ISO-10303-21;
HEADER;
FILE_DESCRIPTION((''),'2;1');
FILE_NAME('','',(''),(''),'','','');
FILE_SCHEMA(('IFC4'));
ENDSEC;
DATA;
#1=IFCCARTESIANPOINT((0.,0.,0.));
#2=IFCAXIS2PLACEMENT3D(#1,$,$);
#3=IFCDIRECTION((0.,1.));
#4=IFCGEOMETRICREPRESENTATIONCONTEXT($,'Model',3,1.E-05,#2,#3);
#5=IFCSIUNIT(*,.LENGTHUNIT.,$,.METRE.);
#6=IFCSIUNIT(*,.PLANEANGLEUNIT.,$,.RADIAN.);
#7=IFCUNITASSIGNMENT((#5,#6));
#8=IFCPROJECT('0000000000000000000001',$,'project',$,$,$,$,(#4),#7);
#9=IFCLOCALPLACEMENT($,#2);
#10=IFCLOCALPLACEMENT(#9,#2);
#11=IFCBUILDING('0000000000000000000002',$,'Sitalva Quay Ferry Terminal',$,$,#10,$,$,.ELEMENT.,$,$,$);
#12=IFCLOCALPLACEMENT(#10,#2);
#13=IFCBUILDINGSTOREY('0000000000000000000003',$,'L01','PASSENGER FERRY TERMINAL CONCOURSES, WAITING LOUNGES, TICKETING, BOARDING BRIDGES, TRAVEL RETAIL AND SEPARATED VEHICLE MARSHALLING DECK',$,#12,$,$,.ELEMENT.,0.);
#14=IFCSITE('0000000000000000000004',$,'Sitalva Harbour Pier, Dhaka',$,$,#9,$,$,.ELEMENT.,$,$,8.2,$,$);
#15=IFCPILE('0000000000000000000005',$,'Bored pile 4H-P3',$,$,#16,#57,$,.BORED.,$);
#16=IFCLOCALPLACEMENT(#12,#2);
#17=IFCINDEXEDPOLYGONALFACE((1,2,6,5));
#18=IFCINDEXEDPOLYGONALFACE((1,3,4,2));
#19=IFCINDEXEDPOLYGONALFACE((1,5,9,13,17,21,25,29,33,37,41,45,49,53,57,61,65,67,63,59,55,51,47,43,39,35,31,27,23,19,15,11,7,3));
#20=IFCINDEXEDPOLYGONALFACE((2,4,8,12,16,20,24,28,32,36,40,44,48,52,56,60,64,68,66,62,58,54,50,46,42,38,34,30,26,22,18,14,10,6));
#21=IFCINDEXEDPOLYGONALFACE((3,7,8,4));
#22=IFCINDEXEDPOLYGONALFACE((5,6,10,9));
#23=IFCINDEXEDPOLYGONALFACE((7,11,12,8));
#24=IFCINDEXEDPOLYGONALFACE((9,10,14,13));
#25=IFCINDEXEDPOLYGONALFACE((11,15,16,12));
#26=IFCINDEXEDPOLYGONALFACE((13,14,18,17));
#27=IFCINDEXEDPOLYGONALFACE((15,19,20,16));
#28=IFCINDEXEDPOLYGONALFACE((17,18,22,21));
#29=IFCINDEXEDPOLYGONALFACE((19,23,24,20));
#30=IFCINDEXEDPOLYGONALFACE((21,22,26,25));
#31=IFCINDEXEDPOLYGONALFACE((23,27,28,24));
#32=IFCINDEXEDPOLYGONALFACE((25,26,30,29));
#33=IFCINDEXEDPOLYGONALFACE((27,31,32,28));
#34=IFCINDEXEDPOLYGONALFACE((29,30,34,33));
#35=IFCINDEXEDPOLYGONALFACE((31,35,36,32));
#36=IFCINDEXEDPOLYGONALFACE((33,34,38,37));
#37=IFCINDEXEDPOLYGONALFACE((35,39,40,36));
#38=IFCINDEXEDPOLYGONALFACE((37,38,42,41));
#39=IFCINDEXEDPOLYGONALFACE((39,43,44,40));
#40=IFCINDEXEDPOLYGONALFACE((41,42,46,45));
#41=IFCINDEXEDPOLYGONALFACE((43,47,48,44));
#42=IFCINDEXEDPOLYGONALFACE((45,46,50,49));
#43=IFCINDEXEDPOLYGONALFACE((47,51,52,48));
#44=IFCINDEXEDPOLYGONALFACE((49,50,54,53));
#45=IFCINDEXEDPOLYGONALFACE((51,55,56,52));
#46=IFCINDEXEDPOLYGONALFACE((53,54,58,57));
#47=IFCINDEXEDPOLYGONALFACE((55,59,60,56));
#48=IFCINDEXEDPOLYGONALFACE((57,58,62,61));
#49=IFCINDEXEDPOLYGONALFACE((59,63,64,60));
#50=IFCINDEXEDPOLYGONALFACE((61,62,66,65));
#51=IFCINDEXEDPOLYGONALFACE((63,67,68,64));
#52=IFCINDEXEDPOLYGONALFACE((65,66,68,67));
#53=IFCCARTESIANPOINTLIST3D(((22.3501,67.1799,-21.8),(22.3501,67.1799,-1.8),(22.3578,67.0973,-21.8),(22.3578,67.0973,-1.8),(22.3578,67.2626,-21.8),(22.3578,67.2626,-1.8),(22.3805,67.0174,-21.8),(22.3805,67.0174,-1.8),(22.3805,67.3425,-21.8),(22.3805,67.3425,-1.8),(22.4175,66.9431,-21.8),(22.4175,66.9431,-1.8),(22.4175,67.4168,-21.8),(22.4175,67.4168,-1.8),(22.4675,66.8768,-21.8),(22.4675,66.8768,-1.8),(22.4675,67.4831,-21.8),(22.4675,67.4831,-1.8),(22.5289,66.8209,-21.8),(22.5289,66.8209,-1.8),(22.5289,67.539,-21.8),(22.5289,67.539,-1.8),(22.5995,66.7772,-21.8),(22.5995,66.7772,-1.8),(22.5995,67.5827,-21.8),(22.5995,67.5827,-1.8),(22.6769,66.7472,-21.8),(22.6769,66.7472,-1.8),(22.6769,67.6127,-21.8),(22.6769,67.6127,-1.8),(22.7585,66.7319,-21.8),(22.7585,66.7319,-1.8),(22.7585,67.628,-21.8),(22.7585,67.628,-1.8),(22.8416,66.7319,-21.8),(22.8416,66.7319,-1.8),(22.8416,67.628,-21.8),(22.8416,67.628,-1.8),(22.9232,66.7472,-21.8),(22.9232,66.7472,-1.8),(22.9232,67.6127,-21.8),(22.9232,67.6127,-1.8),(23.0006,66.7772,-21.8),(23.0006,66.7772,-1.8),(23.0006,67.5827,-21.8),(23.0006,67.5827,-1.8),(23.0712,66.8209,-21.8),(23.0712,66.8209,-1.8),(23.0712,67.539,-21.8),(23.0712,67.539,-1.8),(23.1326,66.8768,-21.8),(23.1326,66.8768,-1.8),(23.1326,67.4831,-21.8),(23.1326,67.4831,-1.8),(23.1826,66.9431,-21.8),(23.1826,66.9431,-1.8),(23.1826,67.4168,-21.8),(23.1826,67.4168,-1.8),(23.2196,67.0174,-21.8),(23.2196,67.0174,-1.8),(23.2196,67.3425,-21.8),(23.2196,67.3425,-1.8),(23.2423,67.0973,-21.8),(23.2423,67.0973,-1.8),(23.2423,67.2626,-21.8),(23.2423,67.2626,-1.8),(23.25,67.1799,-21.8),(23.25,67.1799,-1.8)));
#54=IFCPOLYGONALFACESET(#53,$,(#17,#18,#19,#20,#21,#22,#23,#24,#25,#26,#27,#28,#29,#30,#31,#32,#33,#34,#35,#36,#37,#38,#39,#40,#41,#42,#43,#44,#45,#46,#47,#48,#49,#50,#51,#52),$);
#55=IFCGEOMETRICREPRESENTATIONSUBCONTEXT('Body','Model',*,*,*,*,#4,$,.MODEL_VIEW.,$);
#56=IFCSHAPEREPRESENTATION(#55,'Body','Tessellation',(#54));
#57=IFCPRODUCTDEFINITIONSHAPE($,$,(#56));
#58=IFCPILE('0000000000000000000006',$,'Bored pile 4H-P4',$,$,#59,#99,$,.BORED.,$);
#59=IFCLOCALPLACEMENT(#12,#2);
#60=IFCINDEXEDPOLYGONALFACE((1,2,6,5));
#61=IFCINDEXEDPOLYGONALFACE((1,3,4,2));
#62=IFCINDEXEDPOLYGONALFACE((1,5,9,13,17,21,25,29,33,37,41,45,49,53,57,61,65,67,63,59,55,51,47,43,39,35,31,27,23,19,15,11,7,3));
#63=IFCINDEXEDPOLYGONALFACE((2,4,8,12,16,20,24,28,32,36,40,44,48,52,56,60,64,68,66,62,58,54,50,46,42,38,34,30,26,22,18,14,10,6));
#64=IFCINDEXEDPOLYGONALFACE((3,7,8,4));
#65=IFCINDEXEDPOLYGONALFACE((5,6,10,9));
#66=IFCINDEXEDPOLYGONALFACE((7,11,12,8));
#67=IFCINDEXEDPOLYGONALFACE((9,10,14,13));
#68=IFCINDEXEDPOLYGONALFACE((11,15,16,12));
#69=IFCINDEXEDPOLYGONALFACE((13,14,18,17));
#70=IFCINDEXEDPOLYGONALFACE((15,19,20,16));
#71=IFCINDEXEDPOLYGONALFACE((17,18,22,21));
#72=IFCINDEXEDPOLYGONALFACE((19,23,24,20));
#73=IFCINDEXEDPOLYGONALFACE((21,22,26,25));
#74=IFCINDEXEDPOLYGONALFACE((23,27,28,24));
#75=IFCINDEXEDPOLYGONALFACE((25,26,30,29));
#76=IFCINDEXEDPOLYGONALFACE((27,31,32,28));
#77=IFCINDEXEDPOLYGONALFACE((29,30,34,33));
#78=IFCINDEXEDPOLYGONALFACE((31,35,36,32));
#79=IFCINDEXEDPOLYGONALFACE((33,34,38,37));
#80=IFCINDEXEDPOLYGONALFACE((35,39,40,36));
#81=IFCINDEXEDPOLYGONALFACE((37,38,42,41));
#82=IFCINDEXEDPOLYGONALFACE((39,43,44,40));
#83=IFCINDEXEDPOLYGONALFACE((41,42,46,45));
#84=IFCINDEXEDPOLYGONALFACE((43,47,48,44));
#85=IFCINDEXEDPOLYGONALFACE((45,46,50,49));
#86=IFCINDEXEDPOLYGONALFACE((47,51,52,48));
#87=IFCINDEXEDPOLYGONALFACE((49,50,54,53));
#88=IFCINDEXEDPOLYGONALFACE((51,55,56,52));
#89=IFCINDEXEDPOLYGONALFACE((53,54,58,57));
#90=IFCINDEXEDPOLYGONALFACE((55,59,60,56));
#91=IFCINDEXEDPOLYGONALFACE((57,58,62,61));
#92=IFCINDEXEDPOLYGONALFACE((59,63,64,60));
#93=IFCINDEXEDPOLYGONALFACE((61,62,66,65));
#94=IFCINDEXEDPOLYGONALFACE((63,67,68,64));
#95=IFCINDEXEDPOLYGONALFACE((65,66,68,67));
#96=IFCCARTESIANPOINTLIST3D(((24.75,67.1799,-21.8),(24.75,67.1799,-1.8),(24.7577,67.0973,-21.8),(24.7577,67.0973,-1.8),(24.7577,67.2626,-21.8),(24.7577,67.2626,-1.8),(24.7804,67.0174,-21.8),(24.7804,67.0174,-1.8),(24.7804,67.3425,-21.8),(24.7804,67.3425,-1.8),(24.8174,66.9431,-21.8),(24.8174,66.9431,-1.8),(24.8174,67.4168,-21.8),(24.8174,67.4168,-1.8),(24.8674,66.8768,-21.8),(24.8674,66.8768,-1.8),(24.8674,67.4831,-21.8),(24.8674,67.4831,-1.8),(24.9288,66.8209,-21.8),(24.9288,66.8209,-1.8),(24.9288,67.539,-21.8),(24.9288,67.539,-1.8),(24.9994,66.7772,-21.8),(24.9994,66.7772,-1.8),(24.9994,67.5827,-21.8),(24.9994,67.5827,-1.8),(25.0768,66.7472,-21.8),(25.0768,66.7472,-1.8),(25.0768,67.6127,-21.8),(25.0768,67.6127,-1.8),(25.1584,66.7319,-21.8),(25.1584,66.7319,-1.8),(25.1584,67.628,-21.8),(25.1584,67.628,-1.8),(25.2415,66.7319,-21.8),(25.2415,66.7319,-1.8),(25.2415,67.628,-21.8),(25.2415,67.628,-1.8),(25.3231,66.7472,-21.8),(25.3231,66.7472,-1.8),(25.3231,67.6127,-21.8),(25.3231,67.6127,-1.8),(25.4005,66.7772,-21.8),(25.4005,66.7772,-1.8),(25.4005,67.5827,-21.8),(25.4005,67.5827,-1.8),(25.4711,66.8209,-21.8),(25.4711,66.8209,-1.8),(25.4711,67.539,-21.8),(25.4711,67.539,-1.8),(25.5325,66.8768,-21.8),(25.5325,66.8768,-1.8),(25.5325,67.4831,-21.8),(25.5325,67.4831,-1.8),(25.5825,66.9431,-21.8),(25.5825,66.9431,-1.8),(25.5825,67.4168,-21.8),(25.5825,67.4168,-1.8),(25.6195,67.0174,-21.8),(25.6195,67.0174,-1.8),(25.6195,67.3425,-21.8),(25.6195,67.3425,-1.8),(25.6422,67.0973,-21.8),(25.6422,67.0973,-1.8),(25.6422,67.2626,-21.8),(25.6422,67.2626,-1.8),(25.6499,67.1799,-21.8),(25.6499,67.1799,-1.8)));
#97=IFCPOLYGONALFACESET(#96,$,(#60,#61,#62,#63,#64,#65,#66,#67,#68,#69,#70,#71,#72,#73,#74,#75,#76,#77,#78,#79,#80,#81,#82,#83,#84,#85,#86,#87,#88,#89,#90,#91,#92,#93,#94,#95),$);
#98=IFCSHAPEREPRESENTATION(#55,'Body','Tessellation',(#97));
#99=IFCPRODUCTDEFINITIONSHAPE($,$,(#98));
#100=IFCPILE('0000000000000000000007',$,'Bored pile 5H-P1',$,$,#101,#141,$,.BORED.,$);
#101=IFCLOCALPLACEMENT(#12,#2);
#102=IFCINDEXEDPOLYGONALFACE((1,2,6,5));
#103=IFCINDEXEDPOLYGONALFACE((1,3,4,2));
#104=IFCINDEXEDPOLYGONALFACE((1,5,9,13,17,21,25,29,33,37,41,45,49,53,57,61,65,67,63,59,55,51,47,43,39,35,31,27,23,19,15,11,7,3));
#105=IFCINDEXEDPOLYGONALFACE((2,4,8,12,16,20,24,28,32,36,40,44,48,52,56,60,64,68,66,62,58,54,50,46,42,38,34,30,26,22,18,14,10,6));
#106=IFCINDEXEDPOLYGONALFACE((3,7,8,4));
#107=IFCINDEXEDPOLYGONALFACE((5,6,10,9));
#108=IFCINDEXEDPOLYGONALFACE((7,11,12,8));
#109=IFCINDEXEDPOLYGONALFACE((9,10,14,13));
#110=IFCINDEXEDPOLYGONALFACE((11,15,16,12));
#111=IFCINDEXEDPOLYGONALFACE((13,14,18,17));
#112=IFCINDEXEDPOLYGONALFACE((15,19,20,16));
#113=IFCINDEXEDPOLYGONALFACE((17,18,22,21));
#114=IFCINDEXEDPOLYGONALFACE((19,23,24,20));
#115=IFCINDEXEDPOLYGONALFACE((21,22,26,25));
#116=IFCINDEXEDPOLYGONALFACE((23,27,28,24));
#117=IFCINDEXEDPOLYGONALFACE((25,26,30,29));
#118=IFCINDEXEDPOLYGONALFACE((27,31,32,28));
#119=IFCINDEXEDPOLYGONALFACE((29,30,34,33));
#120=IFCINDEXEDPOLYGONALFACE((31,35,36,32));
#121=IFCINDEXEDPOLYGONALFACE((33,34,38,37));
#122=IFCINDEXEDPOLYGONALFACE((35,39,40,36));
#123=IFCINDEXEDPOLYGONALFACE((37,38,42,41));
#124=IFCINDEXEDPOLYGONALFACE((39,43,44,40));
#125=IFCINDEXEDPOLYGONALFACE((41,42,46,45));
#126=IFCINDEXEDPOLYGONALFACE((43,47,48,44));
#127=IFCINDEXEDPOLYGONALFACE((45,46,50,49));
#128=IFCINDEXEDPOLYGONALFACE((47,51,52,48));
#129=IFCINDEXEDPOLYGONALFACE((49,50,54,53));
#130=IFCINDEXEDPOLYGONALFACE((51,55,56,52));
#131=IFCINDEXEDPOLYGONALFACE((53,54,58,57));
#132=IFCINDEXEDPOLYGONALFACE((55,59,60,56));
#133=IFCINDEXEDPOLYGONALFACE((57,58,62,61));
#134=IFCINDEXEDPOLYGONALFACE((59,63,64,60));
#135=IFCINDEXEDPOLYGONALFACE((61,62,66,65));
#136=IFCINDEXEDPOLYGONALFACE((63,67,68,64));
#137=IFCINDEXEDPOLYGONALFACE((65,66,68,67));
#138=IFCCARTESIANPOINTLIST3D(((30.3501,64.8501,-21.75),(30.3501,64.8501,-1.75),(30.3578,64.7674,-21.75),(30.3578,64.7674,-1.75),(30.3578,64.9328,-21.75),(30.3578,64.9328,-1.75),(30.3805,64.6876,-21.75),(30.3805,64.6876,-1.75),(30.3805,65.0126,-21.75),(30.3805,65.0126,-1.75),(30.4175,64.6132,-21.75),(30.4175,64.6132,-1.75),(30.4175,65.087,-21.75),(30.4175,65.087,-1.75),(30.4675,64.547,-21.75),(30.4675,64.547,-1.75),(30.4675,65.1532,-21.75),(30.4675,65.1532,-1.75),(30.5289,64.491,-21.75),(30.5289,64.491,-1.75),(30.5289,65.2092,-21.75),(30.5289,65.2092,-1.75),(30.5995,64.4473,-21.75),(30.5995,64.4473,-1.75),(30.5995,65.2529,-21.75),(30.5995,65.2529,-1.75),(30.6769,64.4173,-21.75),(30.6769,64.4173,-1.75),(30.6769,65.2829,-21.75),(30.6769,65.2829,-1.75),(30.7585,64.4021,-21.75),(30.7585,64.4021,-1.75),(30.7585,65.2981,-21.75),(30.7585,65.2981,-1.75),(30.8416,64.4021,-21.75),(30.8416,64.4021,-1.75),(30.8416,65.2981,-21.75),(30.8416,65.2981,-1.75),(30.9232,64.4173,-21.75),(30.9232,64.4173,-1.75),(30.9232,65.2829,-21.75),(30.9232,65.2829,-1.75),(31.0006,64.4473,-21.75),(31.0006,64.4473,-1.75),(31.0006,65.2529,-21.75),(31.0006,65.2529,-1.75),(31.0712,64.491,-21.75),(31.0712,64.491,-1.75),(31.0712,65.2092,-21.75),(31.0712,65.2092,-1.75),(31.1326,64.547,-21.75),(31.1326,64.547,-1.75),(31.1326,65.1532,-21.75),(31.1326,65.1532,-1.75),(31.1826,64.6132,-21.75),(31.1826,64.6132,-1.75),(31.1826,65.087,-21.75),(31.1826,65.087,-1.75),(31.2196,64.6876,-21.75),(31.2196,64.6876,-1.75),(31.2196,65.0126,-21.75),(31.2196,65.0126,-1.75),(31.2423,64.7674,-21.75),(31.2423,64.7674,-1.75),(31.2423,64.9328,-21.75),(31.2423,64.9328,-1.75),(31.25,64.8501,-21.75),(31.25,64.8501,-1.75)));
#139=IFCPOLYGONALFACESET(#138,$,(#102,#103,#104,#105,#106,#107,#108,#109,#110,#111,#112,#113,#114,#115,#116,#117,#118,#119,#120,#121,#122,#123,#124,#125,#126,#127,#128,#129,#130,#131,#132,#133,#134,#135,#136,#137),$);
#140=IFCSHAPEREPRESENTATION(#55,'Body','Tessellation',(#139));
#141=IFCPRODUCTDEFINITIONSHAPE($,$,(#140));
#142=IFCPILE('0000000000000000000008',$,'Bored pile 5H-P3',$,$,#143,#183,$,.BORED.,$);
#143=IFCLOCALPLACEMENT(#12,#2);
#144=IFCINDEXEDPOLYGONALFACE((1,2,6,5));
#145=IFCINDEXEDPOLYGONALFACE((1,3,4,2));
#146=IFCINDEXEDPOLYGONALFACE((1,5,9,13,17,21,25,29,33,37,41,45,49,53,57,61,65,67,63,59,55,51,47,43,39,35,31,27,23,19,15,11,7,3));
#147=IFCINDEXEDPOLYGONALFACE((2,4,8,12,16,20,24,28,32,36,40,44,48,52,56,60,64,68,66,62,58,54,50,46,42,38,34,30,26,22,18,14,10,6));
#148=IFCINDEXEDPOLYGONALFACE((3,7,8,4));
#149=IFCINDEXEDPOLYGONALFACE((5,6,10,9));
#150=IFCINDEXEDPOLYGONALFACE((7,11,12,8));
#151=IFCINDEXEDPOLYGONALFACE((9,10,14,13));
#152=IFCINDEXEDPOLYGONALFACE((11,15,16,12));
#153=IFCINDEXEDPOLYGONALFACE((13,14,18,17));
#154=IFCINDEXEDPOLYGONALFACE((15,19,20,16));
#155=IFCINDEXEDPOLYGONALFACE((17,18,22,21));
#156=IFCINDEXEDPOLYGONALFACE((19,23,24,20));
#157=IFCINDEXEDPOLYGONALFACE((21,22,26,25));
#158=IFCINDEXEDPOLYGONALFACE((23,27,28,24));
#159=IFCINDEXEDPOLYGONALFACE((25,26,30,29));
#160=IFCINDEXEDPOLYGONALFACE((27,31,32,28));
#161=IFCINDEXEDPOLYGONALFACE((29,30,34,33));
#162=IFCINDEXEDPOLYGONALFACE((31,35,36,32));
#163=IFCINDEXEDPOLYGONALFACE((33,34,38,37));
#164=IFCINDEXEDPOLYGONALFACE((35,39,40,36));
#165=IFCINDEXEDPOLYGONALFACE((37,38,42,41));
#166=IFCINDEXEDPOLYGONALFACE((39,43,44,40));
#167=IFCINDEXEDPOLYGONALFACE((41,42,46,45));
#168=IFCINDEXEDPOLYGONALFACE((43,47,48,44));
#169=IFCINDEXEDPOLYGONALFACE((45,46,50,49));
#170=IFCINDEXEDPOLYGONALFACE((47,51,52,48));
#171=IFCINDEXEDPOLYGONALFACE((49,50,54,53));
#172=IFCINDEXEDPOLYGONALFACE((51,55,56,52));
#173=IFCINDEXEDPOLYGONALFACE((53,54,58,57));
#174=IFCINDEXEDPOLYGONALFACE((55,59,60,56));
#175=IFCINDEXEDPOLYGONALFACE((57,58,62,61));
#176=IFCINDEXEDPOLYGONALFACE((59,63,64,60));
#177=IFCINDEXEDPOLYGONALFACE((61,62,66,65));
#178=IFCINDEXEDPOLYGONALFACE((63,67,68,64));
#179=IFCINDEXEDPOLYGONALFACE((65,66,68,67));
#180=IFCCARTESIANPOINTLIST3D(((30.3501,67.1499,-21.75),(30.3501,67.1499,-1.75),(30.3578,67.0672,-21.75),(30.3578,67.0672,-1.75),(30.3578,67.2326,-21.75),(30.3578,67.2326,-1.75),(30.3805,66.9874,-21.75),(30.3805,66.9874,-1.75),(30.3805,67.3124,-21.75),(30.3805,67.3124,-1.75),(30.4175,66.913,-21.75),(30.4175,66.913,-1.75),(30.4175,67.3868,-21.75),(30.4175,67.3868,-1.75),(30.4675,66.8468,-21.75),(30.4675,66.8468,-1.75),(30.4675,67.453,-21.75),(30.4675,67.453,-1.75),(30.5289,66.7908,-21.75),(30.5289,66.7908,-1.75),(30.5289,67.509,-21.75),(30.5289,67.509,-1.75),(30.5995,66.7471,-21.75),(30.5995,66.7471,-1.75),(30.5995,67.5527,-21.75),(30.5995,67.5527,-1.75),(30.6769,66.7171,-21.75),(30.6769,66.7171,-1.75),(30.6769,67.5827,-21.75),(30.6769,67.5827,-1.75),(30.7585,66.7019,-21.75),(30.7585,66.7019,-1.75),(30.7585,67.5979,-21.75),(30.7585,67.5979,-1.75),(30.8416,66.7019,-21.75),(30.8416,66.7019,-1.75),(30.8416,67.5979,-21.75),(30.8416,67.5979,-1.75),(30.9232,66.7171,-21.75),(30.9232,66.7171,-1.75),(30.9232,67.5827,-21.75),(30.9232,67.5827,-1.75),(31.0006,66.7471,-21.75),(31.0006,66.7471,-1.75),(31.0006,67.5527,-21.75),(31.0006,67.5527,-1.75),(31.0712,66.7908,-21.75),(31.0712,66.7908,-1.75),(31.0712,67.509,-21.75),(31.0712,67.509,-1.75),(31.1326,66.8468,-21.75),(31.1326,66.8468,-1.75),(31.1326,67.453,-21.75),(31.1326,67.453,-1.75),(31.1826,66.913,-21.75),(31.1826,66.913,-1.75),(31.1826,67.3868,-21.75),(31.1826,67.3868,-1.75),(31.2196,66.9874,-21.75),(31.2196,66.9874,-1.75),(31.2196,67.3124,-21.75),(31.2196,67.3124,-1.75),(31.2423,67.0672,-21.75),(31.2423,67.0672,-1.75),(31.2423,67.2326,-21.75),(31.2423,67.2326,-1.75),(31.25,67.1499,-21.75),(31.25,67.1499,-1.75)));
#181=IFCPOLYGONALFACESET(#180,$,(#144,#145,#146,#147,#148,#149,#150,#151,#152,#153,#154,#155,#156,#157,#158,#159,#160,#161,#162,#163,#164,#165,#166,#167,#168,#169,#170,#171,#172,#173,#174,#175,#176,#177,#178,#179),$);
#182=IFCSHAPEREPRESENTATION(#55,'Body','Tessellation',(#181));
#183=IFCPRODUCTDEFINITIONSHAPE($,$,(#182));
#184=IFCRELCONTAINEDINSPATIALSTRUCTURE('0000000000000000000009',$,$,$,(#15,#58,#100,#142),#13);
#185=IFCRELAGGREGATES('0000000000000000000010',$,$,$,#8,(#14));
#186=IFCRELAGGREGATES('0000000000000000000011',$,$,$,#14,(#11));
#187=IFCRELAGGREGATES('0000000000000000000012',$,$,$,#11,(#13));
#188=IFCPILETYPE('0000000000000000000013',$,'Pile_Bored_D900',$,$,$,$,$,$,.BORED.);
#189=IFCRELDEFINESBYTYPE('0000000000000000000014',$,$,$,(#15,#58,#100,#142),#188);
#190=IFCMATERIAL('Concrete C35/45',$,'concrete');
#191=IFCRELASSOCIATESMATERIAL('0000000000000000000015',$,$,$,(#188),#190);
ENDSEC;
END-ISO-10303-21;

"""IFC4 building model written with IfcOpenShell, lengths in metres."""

from ifc_helpers import new_model, si_unit, direction, frame, origin, origin_2d, place, context, subcontext, project, spatial, circle, extrude, material, material_profile, profile_set, type_object, element, save


model = new_model("IFC4")

# Units and contexts
model_context = context("Model", 3, precision=1e-05, world=origin(), true_north=direction((0.0, 1.0)))
body_context = subcontext(model_context, "Body", "Model", "MODEL_VIEW")
ifc_project = project(units=[si_unit("LENGTHUNIT", "METRE"), si_unit("PLANEANGLEUNIT", "RADIAN")], contexts=[model_context])

# Site, building, storey
site_placement = place(None, origin())
site = spatial("IfcSite", under=ifc_project, at=site_placement, Name="Sitalva Harbour Pier, Dhaka", CompositionType="ELEMENT", RefElevation=8.2)
building_placement = place(site_placement, origin())
building = spatial("IfcBuilding", under=site, at=building_placement, Name="Sitalva Quay Ferry Terminal", CompositionType="ELEMENT")
storey_placement = place(building_placement, origin())
storey = spatial("IfcBuildingStorey", under=building, at=storey_placement, Name="L01", Description="PASSENGER FERRY TERMINAL CONCOURSES, WAITING LOUNGES, TICKETING, BOARDING BRIDGES, TRAVEL RETAIL AND SEPARATED VEHICLE MARSHALLING DECK", CompositionType="ELEMENT", Elevation=0.0)

# Piles
ifc_material_1 = material(Name="Concrete C35/45", Category="concrete")
ifc_material_profile_1 = material_profile(ifc_material_1, circle(Radius=0.45, at=origin_2d()), Name="PILE-D900")
ifc_profile_set_1 = profile_set([ifc_material_profile_1], Name="Concrete C35/45")
pile_type = type_object("IfcPileType", Name="Pile_Bored_D900", PredefinedType="BORED", material=ifc_profile_set_1)
for number, where, z_axis, x_axis, name in (
    (1, (22.8, 67.1799, -1.8), (0.0, 0.0, -1.0), (1.0, 0.0, 0.0), "Bored pile 4H-P3"),
    (2, (25.2, 67.1799, -1.8), (0.0, 0.0, -1.0), (1.0, 0.0, 0.0), "Bored pile 4H-P4"),
    (3, (30.8, 64.8501, -1.75), (0.0, 0.0, -1.0), (1.0, 0.0, 0.0), "Bored pile 5H-P1"),
    (4, (30.8, 67.1499, -1.75), (0.0, 0.0, -1.0), (1.0, 0.0, 0.0), "Bored pile 5H-P3"),
):
    element("IfcPile", number, at=place(storey_placement, frame(where, z_axis=z_axis, x_axis=x_axis)), inside=storey, type_object=pile_type, Name=name, PredefinedType="BORED", context=body_context, shape_type="SweptSolid", body=[
        extrude(circle(Radius=0.45, at=origin_2d()), origin(), (0.0, 0.0, 1.0), 20.0),
    ])

save(model, "model.ifc")
